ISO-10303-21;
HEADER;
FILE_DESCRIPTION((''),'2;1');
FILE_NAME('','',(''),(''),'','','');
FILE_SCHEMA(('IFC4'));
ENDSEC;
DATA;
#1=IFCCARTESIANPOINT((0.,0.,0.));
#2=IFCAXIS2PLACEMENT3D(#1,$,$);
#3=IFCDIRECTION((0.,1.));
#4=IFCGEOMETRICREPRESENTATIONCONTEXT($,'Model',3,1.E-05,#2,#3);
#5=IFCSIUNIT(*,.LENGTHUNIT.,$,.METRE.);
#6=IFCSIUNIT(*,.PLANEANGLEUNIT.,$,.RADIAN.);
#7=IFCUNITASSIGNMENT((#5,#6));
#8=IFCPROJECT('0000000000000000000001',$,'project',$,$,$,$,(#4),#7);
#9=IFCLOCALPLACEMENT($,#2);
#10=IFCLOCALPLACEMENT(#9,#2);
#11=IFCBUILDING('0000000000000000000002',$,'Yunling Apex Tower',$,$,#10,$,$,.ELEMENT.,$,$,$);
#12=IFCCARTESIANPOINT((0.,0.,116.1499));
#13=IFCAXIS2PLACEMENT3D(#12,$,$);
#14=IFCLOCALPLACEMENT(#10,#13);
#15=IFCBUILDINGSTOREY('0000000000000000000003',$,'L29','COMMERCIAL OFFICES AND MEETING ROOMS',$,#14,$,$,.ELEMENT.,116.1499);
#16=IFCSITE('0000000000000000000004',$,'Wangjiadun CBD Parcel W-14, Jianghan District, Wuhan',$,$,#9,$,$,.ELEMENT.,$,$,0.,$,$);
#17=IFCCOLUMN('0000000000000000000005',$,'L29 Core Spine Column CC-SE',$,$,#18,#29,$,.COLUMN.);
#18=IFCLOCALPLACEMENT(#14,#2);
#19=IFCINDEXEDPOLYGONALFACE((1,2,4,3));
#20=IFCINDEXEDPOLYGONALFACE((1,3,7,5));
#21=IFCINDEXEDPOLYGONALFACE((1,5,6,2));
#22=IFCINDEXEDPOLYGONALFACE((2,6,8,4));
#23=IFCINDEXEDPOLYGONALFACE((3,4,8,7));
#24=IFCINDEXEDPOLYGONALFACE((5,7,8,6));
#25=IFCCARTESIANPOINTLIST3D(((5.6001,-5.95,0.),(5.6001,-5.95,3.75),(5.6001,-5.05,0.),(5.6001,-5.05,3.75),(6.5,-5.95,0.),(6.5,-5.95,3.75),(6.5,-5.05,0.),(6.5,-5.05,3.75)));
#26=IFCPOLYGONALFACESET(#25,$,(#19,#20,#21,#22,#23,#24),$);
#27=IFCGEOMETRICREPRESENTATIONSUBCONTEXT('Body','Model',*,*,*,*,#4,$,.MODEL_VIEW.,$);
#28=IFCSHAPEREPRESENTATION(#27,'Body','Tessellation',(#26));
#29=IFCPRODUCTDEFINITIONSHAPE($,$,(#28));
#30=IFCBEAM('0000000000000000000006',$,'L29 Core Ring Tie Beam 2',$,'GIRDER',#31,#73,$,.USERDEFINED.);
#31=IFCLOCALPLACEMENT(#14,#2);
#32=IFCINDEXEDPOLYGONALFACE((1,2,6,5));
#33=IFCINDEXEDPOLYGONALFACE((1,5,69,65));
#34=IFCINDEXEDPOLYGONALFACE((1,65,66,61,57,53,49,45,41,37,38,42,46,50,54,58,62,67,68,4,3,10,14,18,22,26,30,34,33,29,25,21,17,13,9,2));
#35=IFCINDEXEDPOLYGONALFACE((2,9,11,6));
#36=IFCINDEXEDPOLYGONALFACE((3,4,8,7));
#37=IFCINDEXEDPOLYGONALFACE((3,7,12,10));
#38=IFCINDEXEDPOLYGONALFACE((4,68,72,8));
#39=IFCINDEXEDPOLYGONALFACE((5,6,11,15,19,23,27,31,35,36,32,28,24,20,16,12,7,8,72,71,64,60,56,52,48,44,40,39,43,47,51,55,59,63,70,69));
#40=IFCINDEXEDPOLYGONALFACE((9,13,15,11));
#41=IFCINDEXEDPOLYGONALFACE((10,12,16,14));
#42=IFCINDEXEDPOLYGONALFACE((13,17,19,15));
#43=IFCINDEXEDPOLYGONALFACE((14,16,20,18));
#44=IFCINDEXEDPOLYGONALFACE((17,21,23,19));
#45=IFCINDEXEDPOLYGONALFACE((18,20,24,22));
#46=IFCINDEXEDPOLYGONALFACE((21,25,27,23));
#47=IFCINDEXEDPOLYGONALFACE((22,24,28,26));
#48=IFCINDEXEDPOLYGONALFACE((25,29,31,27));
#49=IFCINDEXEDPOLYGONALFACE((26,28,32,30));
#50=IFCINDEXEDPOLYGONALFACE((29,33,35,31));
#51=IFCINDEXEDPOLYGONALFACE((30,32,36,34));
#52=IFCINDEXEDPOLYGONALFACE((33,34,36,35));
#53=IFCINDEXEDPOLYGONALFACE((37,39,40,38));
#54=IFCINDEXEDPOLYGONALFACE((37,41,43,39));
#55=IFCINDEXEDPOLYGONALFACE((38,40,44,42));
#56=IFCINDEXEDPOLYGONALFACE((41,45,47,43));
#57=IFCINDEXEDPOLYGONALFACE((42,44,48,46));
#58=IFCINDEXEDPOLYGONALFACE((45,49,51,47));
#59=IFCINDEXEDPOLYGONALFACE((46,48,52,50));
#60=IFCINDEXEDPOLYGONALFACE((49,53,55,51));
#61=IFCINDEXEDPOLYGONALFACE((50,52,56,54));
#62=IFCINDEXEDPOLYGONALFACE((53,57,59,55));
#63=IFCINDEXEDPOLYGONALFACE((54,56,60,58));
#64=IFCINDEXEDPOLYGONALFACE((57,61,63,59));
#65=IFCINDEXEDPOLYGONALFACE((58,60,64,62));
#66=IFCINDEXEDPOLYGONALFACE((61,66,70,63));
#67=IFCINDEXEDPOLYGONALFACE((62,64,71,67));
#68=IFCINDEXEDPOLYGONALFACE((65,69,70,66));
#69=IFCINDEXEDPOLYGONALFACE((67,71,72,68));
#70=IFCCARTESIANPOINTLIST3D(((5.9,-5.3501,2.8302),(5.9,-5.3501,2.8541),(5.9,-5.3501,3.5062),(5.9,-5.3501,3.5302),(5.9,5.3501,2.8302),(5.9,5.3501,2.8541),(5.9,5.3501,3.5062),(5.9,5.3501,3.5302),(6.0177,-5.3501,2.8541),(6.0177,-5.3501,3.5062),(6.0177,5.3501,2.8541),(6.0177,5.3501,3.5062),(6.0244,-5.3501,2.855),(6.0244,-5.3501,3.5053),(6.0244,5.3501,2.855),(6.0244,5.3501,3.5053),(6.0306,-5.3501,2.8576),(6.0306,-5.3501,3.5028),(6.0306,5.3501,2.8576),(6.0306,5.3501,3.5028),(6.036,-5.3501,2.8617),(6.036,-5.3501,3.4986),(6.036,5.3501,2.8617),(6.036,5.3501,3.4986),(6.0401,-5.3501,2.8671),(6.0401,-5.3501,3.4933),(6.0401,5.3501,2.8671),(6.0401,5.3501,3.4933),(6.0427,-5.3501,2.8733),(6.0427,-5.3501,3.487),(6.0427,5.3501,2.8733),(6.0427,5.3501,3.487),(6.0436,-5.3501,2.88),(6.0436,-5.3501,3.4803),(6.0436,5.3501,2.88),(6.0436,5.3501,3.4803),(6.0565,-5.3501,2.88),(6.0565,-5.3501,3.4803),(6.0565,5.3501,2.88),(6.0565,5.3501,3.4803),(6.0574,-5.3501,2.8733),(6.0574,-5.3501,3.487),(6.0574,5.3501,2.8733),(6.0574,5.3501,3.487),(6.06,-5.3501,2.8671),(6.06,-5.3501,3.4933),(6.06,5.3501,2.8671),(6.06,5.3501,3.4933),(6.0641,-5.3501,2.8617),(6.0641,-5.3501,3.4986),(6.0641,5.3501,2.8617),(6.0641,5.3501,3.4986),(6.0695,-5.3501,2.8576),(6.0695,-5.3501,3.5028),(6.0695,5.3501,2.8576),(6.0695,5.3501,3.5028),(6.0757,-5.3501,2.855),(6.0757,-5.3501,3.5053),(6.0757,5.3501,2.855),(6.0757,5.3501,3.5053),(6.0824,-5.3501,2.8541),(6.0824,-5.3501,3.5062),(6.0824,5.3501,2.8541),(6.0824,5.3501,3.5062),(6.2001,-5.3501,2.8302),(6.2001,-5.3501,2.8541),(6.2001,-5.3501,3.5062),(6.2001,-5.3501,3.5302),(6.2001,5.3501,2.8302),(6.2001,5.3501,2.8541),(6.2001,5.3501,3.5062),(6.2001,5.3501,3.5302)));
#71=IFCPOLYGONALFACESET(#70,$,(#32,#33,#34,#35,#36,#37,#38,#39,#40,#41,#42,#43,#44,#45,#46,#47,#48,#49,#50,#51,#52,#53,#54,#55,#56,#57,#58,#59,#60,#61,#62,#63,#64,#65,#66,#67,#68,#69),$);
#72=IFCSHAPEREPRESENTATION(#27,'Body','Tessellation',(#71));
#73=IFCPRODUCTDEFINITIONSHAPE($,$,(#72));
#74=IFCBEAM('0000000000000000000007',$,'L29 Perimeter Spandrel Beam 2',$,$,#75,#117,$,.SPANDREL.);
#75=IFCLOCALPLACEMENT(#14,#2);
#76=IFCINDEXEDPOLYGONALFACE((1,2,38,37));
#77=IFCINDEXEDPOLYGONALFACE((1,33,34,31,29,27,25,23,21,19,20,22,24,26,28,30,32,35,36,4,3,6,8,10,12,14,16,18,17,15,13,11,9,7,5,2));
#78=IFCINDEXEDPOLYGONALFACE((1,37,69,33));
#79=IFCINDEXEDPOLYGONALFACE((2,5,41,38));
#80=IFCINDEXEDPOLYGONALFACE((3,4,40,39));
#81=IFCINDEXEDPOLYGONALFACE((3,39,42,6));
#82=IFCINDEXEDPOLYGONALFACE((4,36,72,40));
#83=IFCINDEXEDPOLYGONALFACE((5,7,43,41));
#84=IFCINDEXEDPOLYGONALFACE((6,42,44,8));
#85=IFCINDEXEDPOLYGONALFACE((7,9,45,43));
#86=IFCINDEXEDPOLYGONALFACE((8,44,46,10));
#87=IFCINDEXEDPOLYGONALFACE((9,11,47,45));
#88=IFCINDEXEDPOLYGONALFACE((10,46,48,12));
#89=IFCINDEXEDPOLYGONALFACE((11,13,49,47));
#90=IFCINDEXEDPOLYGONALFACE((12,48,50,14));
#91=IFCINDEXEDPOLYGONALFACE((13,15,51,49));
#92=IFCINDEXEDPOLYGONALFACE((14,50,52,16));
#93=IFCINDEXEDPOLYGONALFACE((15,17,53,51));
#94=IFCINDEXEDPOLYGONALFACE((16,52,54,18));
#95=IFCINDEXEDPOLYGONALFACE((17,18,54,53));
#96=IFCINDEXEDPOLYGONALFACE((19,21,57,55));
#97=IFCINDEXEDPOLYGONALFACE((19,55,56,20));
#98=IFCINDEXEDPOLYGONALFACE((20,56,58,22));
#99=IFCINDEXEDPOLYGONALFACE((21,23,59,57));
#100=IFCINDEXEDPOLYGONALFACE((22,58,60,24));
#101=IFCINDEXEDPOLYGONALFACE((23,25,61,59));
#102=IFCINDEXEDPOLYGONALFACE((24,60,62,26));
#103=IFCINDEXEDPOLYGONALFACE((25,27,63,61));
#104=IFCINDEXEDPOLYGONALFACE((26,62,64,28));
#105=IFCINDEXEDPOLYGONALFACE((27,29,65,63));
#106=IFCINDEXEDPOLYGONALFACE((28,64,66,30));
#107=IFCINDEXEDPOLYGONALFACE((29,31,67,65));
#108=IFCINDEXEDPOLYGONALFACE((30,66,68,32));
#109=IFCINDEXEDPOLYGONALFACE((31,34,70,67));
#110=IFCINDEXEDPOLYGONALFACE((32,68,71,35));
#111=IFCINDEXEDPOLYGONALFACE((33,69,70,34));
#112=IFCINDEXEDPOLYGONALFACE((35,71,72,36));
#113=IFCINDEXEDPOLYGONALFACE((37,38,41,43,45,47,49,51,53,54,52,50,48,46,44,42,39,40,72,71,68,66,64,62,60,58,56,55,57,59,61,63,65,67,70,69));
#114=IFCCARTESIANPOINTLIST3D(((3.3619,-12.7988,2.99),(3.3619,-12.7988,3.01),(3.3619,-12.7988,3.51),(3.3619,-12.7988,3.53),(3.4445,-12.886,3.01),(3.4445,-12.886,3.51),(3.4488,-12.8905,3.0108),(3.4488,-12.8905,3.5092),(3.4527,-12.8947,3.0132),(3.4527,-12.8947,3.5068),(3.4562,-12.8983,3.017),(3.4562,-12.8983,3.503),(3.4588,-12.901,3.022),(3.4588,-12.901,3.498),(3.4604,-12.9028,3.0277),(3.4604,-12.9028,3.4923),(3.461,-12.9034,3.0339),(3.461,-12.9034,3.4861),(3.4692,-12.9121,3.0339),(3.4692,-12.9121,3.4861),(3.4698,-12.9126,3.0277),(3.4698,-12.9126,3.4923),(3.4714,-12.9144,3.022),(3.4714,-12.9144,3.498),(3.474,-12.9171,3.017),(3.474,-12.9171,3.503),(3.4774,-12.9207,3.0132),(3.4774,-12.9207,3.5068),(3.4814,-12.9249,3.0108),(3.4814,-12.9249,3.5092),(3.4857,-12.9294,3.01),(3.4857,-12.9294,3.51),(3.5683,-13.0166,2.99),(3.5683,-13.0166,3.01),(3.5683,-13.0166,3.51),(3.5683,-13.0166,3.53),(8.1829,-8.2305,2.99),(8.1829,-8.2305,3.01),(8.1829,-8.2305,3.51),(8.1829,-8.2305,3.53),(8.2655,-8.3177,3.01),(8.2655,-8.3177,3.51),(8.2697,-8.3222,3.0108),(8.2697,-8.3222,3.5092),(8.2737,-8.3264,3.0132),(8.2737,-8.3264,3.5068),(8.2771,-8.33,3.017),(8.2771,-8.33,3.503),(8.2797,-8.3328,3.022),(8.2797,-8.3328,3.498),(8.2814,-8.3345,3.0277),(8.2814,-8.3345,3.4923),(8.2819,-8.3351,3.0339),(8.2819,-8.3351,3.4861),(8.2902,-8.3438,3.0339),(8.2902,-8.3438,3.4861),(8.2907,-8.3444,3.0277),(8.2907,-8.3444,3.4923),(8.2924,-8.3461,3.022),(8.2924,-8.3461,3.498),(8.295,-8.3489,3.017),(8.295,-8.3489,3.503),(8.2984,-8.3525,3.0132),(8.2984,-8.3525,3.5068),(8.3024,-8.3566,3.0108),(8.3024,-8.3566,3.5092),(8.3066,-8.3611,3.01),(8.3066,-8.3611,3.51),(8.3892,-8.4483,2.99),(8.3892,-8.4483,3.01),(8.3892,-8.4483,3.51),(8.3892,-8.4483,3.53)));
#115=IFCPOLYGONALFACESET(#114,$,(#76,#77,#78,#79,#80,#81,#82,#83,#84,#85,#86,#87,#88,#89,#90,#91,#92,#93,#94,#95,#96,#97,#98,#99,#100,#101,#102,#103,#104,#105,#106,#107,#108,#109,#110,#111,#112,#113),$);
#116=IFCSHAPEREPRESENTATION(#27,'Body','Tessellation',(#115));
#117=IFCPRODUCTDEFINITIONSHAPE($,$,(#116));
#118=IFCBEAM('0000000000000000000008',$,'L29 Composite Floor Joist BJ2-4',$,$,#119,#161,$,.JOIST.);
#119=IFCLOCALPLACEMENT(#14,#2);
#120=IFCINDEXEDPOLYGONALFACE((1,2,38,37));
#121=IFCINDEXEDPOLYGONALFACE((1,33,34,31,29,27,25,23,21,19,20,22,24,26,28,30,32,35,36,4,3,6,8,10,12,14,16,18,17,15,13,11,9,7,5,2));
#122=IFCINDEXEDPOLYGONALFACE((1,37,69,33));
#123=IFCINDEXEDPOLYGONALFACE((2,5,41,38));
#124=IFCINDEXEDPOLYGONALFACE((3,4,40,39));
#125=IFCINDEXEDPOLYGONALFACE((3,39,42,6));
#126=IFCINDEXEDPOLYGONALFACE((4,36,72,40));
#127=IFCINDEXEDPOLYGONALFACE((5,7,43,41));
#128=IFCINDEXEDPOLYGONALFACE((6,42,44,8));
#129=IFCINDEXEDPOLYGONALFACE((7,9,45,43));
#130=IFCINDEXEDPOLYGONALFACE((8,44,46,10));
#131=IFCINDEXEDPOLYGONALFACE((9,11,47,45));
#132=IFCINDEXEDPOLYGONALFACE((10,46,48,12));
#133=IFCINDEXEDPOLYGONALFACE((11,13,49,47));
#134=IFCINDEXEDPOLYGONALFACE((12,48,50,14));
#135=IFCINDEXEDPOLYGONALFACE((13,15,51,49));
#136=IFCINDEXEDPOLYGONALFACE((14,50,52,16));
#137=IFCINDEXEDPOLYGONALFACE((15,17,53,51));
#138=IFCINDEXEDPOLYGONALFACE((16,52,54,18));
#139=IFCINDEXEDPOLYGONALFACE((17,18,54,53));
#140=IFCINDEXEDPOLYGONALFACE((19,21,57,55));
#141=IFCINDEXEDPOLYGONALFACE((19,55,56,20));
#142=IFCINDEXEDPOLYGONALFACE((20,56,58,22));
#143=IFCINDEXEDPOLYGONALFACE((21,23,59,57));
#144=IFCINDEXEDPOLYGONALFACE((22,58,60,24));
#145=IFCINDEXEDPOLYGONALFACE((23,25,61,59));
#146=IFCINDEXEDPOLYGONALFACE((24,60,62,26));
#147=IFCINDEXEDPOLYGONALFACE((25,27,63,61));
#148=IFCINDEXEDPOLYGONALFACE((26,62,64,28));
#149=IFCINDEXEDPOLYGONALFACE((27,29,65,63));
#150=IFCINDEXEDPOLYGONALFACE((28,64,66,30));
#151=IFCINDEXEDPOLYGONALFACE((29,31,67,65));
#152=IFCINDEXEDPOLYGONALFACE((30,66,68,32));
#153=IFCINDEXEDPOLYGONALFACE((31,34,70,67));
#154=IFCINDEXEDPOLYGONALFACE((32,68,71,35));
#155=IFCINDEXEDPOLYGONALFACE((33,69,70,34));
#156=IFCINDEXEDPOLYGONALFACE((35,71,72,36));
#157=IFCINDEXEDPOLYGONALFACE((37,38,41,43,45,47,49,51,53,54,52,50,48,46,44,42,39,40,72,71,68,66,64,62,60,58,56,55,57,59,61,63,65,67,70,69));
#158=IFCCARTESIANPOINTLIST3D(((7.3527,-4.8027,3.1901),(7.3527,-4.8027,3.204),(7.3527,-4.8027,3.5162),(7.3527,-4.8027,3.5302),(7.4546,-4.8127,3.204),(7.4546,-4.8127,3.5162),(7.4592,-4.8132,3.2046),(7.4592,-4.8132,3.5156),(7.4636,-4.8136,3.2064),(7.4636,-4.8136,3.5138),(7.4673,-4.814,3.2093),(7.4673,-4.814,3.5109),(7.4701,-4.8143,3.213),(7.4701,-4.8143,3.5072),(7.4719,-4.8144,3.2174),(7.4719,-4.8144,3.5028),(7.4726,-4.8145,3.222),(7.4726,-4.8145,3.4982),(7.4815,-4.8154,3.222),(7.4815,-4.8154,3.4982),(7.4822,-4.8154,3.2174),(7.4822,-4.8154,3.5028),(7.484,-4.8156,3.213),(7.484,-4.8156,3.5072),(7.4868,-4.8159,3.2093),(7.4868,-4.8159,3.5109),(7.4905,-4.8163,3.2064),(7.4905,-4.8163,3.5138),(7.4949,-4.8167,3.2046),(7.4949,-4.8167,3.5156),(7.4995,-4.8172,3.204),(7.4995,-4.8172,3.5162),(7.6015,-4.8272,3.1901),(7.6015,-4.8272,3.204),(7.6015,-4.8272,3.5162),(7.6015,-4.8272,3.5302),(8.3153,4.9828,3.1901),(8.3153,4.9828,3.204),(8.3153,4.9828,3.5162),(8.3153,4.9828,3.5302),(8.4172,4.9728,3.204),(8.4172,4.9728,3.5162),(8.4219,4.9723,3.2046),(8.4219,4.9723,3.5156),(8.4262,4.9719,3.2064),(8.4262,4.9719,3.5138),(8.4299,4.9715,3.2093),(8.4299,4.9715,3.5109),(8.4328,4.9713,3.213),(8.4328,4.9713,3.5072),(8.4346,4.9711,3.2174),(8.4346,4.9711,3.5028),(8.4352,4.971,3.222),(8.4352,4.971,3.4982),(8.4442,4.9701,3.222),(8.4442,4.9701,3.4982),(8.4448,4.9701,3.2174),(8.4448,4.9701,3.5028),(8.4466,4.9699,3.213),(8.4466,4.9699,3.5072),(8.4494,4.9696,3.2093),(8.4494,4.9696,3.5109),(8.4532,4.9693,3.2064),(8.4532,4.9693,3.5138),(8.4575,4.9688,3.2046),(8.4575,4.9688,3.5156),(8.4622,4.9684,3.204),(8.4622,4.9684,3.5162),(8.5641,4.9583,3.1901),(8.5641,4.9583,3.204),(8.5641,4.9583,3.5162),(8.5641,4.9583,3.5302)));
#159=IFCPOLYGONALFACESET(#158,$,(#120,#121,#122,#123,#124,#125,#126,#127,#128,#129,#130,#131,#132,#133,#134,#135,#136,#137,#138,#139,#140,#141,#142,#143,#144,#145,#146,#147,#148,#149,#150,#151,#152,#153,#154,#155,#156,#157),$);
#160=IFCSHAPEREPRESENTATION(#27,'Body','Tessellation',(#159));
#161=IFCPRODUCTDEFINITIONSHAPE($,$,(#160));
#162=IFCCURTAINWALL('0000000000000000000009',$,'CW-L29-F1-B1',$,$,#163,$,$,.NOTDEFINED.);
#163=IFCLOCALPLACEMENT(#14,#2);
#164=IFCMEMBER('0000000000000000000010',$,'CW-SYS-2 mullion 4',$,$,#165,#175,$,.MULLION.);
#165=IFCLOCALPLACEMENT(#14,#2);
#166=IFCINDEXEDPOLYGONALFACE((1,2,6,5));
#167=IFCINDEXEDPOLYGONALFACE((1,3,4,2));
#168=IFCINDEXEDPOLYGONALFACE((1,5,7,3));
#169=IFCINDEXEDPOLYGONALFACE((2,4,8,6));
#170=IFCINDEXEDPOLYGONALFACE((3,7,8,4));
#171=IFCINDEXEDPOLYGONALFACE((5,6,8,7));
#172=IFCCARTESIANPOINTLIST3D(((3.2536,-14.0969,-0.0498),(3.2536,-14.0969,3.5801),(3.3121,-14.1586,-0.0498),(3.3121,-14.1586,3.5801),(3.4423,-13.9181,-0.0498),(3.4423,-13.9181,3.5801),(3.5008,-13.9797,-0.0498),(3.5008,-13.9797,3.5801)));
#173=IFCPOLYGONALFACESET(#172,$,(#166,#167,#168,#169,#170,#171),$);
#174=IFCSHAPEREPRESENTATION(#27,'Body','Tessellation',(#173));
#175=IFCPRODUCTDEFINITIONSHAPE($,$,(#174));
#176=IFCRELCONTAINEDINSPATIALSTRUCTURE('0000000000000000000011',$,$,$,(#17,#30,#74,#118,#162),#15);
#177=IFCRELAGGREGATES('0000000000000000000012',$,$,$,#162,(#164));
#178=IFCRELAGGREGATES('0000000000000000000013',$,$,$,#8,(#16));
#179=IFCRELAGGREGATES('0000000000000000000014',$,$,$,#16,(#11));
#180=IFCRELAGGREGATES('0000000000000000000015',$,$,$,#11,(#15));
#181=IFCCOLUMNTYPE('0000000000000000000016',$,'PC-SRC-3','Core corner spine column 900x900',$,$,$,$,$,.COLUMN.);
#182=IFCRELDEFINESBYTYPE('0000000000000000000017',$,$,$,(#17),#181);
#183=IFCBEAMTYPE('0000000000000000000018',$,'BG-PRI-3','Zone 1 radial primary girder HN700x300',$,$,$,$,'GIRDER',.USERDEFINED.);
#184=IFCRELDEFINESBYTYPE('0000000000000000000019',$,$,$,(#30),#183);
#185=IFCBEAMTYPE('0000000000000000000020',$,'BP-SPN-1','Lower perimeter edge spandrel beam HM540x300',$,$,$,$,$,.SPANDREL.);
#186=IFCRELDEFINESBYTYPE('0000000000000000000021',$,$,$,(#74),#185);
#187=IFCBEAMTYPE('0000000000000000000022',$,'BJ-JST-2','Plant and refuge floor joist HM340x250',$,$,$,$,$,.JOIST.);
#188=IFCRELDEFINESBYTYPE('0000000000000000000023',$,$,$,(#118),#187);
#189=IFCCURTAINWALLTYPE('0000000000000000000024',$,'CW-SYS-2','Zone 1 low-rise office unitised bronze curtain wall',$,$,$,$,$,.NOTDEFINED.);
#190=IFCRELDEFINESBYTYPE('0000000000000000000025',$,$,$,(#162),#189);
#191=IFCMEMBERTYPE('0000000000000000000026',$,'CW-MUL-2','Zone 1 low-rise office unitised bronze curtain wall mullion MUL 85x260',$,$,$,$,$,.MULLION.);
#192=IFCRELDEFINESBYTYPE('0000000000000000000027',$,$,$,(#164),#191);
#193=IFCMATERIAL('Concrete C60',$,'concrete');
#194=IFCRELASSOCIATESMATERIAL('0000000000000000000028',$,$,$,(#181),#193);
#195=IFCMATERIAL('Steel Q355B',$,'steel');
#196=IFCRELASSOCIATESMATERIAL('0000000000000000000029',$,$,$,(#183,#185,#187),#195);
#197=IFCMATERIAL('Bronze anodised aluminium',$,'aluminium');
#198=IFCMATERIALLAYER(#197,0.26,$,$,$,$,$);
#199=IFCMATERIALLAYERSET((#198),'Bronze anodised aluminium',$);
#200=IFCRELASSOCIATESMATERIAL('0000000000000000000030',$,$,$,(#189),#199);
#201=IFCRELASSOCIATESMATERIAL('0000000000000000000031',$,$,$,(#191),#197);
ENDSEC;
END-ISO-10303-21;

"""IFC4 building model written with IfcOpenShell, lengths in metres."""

from ifc_helpers import new_model, si_unit, direction, frame, origin, origin_2d, place, context, subcontext, project, spatial, rectangle, i_section, extrude, source, transform, mapped, material, layer, layer_set, material_profile, profile_set, type_object, element, aggregate, save


model = new_model("IFC4")

# Units and contexts
model_context = context("Model", 3, precision=1e-05, world=origin(), true_north=direction((0.0, 1.0)))
body_context = subcontext(model_context, "Body", "Model", "MODEL_VIEW")
ifc_project = project(units=[si_unit("LENGTHUNIT", "METRE"), si_unit("PLANEANGLEUNIT", "RADIAN")], contexts=[model_context])

# Site, building, storey
site_placement = place(None, origin())
site = spatial("IfcSite", under=ifc_project, at=site_placement, Name="Wangjiadun CBD Parcel W-14, Jianghan District, Wuhan", CompositionType="ELEMENT", RefElevation=0.0)
building_placement = place(site_placement, origin())
building = spatial("IfcBuilding", under=site, at=building_placement, Name="Yunling Apex Tower", CompositionType="ELEMENT")
storey_placement = place(building_placement, frame((0.0, 0.0, 116.1499)))
storey = spatial("IfcBuildingStorey", under=building, at=storey_placement, Name="L29", Description="COMMERCIAL OFFICES AND MEETING ROOMS", CompositionType="ELEMENT", Elevation=116.1499)

# Column
ifc_material_1 = material(Name="Concrete C60", Category="concrete")
ifc_material_profile_1 = material_profile(ifc_material_1, rectangle(XDim=0.8999, YDim=0.8999, at=origin_2d()))
ifc_profile_set_1 = profile_set([ifc_material_profile_1], Name="Concrete C60")
column_type = type_object("IfcColumnType", Name="PC-SRC-3", Description="Core corner spine column 900x900", PredefinedType="COLUMN", material=ifc_profile_set_1)
shared_shape_1 = source(origin(), body_context, "Body", "SweptSolid", [
    extrude(rectangle(XDim=0.8999, YDim=0.8999, at=origin_2d()), origin(), (0.0, 0.0, 1.0), 3.75),
])
column_placement = place(storey_placement, frame((6.05, -5.5, 0.0), z_axis=(0.0, 0.0, 1.0), x_axis=(1.0, 0.0, 0.0)))
element("IfcColumn", 1, at=column_placement, inside=storey, type_object=column_type, Name="L29 Core Spine Column CC-SE", PredefinedType="COLUMN", context=body_context, shape_type="MappedRepresentation", body=[
    mapped(shared_shape_1, transform((0.0, 0.0, 0.0), scale=1.0)),
])

# Beams
ifc_material_2 = material(Name="Steel Q355B", Category="steel")
ifc_material_profile_2 = material_profile(ifc_material_2, i_section(OverallWidth=0.3, OverallDepth=0.7, WebThickness=0.0129, FlangeThickness=0.0239, FilletRadius=0.0259, at=origin_2d()))
ifc_profile_set_2 = profile_set([ifc_material_profile_2], Name="Steel Q355B")
beam_type_1 = type_object("IfcBeamType", Name="BG-PRI-3", Description="Zone 1 radial primary girder HN700x300", ElementType="GIRDER", PredefinedType="USERDEFINED", material=ifc_profile_set_2)
shared_shape_2 = source(origin(), body_context, "Body", "SweptSolid", [
    extrude(i_section(OverallWidth=0.3, OverallDepth=0.7, WebThickness=0.0129, FlangeThickness=0.0239, FilletRadius=0.0259, at=origin_2d()), origin(), (0.0, 0.0, 1.0), 10.7002),
])
beam_1_placement = place(storey_placement, frame((6.05, -5.3501, 3.1802), z_axis=(0.0, 1.0, 0.0), x_axis=(-1.0, 0.0, 0.0)))
element("IfcBeam", 2, at=beam_1_placement, inside=storey, type_object=beam_type_1, Name="L29 Core Ring Tie Beam 2", ObjectType="GIRDER", PredefinedType="USERDEFINED", context=body_context, shape_type="MappedRepresentation", body=[
    mapped(shared_shape_2, transform((0.0, 0.0, 0.0), scale=1.0)),
])
ifc_material_profile_3 = material_profile(ifc_material_2, i_section(OverallWidth=0.3, OverallDepth=0.54, WebThickness=0.012, FlangeThickness=0.02, FilletRadius=0.0239, at=origin_2d()))
ifc_profile_set_3 = profile_set([ifc_material_profile_3], Name="Steel Q355B")
beam_type_2 = type_object("IfcBeamType", Name="BP-SPN-1", Description="Lower perimeter edge spandrel beam HM540x300", PredefinedType="SPANDREL", material=ifc_profile_set_3)
shared_shape_3 = source(origin(), body_context, "Body", "SweptSolid", [
    extrude(i_section(OverallWidth=0.3, OverallDepth=0.54, WebThickness=0.012, FlangeThickness=0.02, FilletRadius=0.0239, at=origin_2d()), origin(), (0.0, 0.0, 1.0), 6.6416),
])
beam_2_placement = place(storey_placement, frame((3.4651, -12.9077, 3.26), z_axis=(0.725873, 0.687828, 0.0), x_axis=(-0.687828, 0.725873, 0.0)))
element("IfcBeam", 3, at=beam_2_placement, inside=storey, type_object=beam_type_2, Name="L29 Perimeter Spandrel Beam 2", PredefinedType="SPANDREL", context=body_context, shape_type="MappedRepresentation", body=[
    mapped(shared_shape_3, transform((0.0, 0.0, 0.0), scale=1.0)),
])
ifc_material_profile_4 = material_profile(ifc_material_2, i_section(OverallWidth=0.25, OverallDepth=0.3401, WebThickness=0.009, FlangeThickness=0.0139, FilletRadius=0.0181, at=origin_2d()))
ifc_profile_set_4 = profile_set([ifc_material_profile_4], Name="Steel Q355B")
beam_type_3 = type_object("IfcBeamType", Name="BJ-JST-2", Description="Plant and refuge floor joist HM340x250", PredefinedType="JOIST", material=ifc_profile_set_4)
shared_shape_4 = source(origin(), body_context, "Body", "SweptSolid", [
    extrude(i_section(OverallWidth=0.25, OverallDepth=0.3401, WebThickness=0.009, FlangeThickness=0.0139, FilletRadius=0.0181, at=origin_2d()), origin(), (0.0, 0.0, 1.0), 9.8328),
])
beam_3_placement = place(storey_placement, frame((7.4771, -4.8149, 3.3601), z_axis=(0.097901, 0.995196, 0.0), x_axis=(-0.995196, 0.097901, 0.0)))
element("IfcBeam", 4, at=beam_3_placement, inside=storey, type_object=beam_type_3, Name="L29 Composite Floor Joist BJ2-4", PredefinedType="JOIST", context=body_context, shape_type="MappedRepresentation", body=[
    mapped(shared_shape_4, transform((0.0, 0.0, 0.0), scale=1.0)),
])

# Curtain wall, member
ifc_material_3 = material(Name="Bronze anodised aluminium", Category="aluminium")
ifc_layer_1 = layer(ifc_material_3, 0.26)
ifc_layer_set_1 = layer_set([ifc_layer_1], Name="Bronze anodised aluminium")
curtain_wall_type = type_object("IfcCurtainWallType", Name="CW-SYS-2", Description="Zone 1 low-rise office unitised bronze curtain wall", PredefinedType="NOTDEFINED", material=ifc_layer_set_1)
curtain_wall_1_placement = place(storey_placement, origin())
curtain_wall_1 = element("IfcCurtainWall", 5, at=curtain_wall_1_placement, inside=storey, type_object=curtain_wall_type, Name="CW-L29-F1-B1", PredefinedType="NOTDEFINED")
ifc_material_profile_5 = material_profile(ifc_material_3, rectangle(XDim=0.085, YDim=0.26, at=origin_2d()))
ifc_profile_set_5 = profile_set([ifc_material_profile_5], Name="Bronze anodised aluminium")
member_type_1 = type_object("IfcMemberType", Name="CW-MUL-2", Description="Zone 1 low-rise office unitised bronze curtain wall mullion MUL 85x260", PredefinedType="MULLION", material=ifc_profile_set_5)
shared_shape_5 = source(origin(), body_context, "Body", "SweptSolid", [
    extrude(rectangle(XDim=0.085, YDim=0.26, at=origin_2d()), origin(), (0.0, 0.0, 1.0), 3.6299),
])
member_1_placement = place(storey_placement, frame((3.3772, -14.0383, -0.0498), z_axis=(0.0, 0.0, 1.0), x_axis=(-0.687861, 0.725842, 0.0)))
member_1 = element("IfcMember", 6, at=member_1_placement, type_object=member_type_1, Name="CW-SYS-2 mullion 4", PredefinedType="MULLION", context=body_context, shape_type="MappedRepresentation", body=[
    mapped(shared_shape_5, transform((0.0, 0.0, 0.0), scale=1.0)),
])
aggregate(curtain_wall_1, [member_1])

save(model, "model.ifc")
